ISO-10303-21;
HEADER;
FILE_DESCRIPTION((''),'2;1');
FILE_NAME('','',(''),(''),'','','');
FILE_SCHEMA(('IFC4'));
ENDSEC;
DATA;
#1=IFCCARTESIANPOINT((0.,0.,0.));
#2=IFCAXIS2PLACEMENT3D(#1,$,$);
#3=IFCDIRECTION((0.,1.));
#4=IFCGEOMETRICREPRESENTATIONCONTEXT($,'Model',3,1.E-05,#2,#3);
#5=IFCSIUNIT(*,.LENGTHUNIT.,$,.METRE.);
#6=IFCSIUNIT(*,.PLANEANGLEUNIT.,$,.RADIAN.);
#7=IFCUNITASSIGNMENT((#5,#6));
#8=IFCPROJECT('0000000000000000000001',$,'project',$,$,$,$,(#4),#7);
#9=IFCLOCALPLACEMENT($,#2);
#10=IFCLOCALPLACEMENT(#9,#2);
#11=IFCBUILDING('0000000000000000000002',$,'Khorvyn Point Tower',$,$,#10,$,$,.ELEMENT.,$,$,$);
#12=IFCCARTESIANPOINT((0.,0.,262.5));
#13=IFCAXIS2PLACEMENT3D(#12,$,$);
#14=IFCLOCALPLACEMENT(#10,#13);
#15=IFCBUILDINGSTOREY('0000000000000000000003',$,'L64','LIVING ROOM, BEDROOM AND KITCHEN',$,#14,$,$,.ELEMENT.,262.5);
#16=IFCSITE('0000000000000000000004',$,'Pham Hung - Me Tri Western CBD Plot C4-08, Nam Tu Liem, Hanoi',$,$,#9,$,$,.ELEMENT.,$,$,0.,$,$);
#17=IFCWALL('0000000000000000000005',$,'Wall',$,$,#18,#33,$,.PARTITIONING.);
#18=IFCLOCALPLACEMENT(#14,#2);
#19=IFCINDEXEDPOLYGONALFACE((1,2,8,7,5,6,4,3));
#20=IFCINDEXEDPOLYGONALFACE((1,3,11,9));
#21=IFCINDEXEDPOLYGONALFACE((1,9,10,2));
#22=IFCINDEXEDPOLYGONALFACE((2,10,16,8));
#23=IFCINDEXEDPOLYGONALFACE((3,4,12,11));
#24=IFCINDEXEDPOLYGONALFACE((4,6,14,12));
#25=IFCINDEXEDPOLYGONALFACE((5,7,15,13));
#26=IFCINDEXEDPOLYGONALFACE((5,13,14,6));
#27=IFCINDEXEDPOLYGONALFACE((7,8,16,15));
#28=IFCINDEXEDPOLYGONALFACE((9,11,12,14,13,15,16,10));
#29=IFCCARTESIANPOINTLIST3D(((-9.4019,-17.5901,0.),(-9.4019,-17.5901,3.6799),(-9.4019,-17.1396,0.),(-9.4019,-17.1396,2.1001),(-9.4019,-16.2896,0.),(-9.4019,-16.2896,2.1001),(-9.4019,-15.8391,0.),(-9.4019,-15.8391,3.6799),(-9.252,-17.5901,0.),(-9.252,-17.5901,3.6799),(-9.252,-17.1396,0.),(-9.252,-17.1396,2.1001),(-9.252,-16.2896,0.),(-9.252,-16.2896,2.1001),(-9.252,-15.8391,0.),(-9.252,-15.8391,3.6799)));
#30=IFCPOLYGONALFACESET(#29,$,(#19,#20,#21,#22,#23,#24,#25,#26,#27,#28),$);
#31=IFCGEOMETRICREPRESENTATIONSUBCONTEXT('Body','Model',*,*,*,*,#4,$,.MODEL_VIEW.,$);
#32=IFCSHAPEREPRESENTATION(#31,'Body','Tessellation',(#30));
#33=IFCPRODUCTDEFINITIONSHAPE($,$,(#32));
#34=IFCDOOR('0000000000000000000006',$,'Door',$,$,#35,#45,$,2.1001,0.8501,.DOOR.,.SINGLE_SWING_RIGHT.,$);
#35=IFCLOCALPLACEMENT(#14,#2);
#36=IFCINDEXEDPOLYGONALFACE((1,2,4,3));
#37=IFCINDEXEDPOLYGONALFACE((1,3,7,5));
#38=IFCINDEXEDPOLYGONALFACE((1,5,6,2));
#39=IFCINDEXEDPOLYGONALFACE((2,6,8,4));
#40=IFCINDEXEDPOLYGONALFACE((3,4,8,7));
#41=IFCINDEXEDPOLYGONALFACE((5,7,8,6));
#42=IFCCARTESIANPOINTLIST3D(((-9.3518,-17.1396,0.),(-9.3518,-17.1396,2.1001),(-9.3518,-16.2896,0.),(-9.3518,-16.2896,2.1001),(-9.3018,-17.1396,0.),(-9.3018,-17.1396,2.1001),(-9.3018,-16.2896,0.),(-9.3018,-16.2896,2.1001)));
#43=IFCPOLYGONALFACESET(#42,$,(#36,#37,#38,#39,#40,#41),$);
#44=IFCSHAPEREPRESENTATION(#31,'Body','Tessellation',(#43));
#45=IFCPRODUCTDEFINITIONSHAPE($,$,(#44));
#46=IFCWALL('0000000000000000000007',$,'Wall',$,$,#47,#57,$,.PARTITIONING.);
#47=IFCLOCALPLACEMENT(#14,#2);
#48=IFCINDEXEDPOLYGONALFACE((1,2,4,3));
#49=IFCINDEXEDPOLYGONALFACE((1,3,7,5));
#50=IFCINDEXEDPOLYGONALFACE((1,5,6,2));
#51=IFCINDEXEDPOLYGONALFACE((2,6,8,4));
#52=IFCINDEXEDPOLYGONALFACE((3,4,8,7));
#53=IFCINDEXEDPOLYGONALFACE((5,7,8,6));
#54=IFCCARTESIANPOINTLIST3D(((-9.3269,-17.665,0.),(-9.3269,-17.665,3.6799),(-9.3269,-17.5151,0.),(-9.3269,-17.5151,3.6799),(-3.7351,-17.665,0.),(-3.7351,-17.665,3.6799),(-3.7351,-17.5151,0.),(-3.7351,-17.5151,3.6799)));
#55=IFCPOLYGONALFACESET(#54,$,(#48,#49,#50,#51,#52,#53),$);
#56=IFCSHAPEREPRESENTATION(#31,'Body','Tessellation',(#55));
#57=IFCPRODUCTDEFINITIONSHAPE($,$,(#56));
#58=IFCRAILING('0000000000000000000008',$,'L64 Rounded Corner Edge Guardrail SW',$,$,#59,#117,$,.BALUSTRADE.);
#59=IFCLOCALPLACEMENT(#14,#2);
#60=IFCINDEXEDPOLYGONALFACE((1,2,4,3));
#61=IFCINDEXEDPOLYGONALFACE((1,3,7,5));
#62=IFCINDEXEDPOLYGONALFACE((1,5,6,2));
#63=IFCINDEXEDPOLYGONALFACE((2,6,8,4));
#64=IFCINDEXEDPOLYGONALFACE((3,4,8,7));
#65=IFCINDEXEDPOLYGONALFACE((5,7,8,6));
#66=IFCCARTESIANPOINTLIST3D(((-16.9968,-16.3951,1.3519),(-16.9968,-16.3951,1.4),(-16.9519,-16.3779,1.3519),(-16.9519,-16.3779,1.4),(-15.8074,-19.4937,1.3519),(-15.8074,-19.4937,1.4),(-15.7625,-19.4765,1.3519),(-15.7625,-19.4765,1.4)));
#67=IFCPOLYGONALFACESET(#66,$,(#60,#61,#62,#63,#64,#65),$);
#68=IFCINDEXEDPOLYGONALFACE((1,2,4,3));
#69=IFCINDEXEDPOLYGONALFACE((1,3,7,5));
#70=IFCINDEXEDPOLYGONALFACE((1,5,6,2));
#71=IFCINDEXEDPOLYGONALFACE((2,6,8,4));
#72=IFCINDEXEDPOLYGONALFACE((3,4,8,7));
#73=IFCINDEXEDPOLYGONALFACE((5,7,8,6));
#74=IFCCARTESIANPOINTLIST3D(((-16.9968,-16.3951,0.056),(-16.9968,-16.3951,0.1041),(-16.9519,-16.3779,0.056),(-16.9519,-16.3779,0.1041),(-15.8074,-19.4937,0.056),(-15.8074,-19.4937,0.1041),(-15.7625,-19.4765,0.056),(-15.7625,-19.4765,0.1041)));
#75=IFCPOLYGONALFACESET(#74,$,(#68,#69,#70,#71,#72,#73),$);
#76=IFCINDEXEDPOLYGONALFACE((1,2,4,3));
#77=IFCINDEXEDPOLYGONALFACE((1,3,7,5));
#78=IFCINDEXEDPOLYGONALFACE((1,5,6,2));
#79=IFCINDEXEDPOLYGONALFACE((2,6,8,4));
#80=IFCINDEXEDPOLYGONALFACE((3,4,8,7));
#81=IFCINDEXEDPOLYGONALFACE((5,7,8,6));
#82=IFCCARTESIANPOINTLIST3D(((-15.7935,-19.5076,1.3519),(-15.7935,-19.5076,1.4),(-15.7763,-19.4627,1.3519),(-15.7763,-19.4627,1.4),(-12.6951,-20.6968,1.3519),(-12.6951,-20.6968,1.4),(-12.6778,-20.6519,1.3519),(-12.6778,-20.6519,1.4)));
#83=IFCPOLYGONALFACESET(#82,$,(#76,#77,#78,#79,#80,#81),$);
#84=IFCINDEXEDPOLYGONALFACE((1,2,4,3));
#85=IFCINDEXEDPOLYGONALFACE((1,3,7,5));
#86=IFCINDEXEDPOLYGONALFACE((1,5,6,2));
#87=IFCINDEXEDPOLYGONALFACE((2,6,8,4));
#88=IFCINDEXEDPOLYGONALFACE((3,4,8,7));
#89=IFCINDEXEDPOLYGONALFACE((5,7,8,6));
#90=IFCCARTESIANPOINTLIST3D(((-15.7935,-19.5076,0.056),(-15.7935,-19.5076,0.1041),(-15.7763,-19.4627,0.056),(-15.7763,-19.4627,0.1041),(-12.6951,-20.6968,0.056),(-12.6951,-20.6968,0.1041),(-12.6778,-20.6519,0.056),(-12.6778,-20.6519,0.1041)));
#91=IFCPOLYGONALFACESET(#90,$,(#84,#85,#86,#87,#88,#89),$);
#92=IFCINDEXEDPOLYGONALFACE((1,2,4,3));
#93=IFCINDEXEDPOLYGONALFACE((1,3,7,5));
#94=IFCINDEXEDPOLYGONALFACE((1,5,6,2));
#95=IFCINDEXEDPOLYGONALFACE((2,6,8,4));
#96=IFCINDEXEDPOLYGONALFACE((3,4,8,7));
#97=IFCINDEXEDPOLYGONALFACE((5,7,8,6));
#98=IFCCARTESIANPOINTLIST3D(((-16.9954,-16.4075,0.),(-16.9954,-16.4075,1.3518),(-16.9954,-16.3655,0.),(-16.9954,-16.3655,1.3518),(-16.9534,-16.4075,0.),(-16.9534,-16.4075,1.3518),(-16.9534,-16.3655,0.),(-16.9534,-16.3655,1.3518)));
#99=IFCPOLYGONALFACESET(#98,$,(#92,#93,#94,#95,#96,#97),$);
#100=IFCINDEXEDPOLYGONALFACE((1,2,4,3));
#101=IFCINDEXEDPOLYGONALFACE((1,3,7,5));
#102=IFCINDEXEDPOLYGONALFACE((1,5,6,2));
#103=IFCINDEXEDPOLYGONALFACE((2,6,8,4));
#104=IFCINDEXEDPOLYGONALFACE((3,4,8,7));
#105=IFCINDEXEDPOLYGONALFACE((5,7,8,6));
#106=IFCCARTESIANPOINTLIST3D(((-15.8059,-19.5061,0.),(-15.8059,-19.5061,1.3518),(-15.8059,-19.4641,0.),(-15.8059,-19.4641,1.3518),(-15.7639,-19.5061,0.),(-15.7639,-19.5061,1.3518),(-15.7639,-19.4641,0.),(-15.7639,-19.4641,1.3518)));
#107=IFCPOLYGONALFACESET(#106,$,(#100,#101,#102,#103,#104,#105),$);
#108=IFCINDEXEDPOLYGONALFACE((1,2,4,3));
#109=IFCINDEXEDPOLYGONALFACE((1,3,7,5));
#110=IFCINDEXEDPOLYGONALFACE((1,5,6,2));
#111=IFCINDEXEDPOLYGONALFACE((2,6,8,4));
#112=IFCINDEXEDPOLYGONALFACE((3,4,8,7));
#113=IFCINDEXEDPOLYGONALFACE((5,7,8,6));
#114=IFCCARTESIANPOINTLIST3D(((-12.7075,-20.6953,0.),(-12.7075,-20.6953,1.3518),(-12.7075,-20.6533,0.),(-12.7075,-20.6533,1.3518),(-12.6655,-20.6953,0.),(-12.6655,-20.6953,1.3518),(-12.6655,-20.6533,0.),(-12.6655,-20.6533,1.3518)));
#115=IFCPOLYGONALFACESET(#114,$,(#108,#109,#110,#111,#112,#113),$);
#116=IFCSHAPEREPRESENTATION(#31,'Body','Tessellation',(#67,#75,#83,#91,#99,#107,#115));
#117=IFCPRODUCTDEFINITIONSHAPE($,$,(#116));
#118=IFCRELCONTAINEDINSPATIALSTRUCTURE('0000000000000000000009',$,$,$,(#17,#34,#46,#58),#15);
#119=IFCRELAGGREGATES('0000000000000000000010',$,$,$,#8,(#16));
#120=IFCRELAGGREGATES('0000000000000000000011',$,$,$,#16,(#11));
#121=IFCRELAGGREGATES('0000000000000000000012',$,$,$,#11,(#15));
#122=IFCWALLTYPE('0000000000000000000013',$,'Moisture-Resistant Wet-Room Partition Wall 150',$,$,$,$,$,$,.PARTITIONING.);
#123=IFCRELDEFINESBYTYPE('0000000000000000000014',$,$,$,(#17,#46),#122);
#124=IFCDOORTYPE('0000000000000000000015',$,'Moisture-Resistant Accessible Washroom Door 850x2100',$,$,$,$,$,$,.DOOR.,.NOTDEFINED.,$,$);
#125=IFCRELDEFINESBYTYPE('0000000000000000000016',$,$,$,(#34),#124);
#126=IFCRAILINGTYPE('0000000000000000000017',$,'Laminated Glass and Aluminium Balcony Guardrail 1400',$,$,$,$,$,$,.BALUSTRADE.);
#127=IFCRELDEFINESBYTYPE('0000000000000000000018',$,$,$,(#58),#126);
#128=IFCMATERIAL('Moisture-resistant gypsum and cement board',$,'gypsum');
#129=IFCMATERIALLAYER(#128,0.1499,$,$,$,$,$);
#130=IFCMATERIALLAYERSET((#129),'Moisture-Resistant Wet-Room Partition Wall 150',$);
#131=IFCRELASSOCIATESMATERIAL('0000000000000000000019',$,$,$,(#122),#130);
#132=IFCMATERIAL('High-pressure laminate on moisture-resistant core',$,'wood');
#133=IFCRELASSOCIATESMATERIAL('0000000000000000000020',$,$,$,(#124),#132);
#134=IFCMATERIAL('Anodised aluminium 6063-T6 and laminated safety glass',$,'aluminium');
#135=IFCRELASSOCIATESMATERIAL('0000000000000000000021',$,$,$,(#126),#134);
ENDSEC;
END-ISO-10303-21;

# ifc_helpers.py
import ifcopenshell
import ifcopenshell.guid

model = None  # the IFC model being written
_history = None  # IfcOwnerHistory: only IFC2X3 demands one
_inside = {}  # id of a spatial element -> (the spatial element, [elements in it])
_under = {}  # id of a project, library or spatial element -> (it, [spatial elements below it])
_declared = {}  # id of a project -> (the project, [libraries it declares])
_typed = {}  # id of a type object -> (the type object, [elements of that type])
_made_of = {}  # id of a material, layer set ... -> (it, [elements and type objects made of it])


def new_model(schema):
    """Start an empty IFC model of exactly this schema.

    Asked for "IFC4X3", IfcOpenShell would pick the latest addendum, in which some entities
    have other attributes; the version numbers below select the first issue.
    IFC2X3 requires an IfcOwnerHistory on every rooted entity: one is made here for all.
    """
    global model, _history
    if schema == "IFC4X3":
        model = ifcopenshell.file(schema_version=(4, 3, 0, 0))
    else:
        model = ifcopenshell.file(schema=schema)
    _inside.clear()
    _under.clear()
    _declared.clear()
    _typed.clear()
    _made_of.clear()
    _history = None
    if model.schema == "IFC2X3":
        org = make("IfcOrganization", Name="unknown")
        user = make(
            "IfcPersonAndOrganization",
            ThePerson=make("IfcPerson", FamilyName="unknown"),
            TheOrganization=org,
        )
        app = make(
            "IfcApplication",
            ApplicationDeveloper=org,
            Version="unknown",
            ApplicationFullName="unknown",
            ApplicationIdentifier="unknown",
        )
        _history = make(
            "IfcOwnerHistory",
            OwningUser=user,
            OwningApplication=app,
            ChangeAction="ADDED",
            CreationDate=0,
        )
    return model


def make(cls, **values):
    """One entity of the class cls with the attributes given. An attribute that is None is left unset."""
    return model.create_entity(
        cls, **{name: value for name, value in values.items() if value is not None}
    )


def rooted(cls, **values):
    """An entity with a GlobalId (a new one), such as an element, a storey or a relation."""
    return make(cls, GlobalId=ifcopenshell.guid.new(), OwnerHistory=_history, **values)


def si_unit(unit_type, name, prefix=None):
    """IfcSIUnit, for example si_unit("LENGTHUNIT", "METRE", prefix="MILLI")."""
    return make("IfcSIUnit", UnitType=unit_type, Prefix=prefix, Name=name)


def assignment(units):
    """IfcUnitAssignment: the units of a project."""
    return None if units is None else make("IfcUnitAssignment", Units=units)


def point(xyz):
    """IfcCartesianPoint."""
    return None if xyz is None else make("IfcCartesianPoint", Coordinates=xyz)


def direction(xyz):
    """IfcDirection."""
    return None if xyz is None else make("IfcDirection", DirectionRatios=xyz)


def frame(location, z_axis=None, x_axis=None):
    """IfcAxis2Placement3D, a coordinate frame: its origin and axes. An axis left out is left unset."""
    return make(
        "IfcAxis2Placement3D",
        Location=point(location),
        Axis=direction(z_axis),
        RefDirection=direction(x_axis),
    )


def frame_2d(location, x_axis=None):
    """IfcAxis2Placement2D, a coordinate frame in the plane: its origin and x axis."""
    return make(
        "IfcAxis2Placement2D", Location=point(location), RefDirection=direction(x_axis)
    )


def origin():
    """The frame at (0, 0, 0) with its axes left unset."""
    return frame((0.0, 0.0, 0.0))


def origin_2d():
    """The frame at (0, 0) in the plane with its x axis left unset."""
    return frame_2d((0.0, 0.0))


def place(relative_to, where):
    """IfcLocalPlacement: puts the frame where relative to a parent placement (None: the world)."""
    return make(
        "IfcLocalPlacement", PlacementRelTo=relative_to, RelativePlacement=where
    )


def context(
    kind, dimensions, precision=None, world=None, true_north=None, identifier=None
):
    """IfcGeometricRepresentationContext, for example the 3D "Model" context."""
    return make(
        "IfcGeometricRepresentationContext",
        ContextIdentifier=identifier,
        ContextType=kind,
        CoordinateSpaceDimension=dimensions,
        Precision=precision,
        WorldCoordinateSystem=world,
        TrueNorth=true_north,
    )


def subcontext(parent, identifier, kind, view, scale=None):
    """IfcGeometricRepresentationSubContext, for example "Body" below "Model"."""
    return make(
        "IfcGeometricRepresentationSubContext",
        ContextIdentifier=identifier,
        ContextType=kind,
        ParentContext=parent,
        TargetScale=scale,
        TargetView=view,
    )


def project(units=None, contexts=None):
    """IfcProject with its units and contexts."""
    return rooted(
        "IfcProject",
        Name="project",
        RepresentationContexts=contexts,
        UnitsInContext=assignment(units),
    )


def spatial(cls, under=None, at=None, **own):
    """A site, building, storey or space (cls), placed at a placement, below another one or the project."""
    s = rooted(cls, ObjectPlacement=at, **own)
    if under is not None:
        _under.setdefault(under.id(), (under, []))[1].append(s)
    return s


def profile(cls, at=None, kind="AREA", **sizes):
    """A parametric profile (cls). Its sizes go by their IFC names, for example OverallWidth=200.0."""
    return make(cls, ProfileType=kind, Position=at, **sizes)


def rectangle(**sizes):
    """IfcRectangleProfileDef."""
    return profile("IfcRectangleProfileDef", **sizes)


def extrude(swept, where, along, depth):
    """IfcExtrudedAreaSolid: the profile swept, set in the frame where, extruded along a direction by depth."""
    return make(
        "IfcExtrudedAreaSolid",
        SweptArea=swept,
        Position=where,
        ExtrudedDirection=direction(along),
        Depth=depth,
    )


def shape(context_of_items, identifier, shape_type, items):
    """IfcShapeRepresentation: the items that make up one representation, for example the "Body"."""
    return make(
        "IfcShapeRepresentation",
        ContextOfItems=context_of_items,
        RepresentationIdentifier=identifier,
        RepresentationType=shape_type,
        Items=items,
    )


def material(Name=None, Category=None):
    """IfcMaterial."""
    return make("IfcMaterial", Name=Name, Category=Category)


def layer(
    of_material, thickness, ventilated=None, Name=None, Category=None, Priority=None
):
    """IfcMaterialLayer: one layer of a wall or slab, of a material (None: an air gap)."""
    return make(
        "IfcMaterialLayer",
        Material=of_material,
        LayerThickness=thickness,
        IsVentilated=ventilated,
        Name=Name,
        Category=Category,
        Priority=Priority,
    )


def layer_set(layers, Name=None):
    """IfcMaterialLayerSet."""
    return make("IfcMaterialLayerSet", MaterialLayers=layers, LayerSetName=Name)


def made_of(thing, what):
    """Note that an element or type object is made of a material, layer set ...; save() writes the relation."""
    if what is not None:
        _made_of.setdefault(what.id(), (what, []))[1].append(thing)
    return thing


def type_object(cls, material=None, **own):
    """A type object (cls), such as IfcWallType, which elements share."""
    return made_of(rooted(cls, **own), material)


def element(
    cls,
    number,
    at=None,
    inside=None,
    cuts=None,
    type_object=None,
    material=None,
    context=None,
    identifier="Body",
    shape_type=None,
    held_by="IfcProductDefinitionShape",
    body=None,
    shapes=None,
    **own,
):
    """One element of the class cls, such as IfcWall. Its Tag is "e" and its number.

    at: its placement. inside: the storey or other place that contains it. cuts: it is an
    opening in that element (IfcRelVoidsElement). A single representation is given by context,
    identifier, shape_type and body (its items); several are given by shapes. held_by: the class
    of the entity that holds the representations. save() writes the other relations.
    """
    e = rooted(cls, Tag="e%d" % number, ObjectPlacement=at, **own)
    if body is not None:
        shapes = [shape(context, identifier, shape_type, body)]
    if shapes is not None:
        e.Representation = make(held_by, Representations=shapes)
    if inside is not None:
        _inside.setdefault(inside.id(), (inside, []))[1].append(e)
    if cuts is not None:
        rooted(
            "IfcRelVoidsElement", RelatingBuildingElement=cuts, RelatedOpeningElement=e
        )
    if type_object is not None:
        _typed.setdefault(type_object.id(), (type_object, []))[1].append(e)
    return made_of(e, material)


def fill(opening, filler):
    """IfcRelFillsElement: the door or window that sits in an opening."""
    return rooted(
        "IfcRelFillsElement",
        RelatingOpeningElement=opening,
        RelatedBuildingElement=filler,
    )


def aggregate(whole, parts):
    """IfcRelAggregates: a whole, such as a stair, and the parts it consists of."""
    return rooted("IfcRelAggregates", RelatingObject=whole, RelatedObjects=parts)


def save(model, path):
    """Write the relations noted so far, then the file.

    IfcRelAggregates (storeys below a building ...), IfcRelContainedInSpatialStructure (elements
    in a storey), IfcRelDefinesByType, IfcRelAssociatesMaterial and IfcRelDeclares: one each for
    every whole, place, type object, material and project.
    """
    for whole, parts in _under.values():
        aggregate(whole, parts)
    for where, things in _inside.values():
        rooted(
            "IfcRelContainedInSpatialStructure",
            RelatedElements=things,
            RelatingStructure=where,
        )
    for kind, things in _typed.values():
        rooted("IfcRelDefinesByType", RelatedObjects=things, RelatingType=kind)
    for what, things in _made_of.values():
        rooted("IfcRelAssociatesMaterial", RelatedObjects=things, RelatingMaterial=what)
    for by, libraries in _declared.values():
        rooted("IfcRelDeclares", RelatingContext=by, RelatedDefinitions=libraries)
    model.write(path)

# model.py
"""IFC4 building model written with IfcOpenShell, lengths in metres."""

from ifc_helpers import new_model, si_unit, direction, frame, frame_2d, origin, origin_2d, place, context, subcontext, project, spatial, rectangle, extrude, material, layer, layer_set, type_object, element, fill, save


model = new_model("IFC4")

# Units and contexts
model_context = context("Model", 3, precision=1e-05, world=origin(), true_north=direction((0.0, 1.0)))
body_context = subcontext(model_context, "Body", "Model", "MODEL_VIEW")
ifc_project = project(units=[si_unit("LENGTHUNIT", "METRE"), si_unit("PLANEANGLEUNIT", "RADIAN")], contexts=[model_context])

# Site, building, storey
site_placement = place(None, origin())
site = spatial("IfcSite", under=ifc_project, at=site_placement, Name="Pham Hung - Me Tri Western CBD Plot C4-08, Nam Tu Liem, Hanoi", CompositionType="ELEMENT", RefElevation=0.0)
building_placement = place(site_placement, origin())
building = spatial("IfcBuilding", under=site, at=building_placement, Name="Khorvyn Point Tower", CompositionType="ELEMENT")
storey_placement = place(building_placement, frame((0.0, 0.0, 262.5)))
storey = spatial("IfcBuildingStorey", under=building, at=storey_placement, Name="L64", Description="LIVING ROOM, BEDROOM AND KITCHEN", CompositionType="ELEMENT", Elevation=262.5)

# Wall, opening, door
ifc_material_1 = material(Name="Moisture-resistant gypsum and cement board", Category="gypsum")
ifc_layer_1 = layer(ifc_material_1, 0.1499)
ifc_layer_set_1 = layer_set([ifc_layer_1], Name="Moisture-Resistant Wet-Room Partition Wall 150")
wall_type_1 = type_object("IfcWallType", Name="Moisture-Resistant Wet-Room Partition Wall 150", PredefinedType="PARTITIONING", material=ifc_layer_set_1)
wall_1_placement = place(storey_placement, frame((-9.3269, -17.5901, 0.0), z_axis=(0.0, 0.0, 1.0), x_axis=(0.0, 1.0, 0.0)))
wall_1 = element("IfcWall", 1, at=wall_1_placement, inside=storey, type_object=wall_type_1, Name="Wall", PredefinedType="PARTITIONING", context=body_context, shape_type="SweptSolid", body=[
    extrude(rectangle(XDim=1.751, YDim=0.1499, at=frame_2d((0.8755, 0.0))), origin(), (0.0, 0.0, 1.0), 3.6799),
])
opening_1_placement = place(wall_1_placement, frame((0.4504, 0.0, 0.0)))
opening_1 = element("IfcOpeningElement", 2, at=opening_1_placement, cuts=wall_1, PredefinedType="OPENING", context=body_context, shape_type="SweptSolid", body=[
    extrude(rectangle(XDim=0.8501, YDim=2.1001, at=frame_2d((0.425, 1.05))), frame((0.0, 0.085, 0.0), z_axis=(0.0, -1.0, 0.0), x_axis=(1.0, 0.0, 0.0)), (0.0, 0.0, 1.0), 0.1699),
])
ifc_material_2 = material(Name="High-pressure laminate on moisture-resistant core", Category="wood")
door_type_1 = type_object("IfcDoorType", Name="Moisture-Resistant Accessible Washroom Door 850x2100", OperationType="NOTDEFINED", PredefinedType="DOOR", material=ifc_material_2)
door_1_placement = place(opening_1_placement, origin())
door_1 = element("IfcDoor", 3, at=door_1_placement, inside=storey, type_object=door_type_1, Name="Door", OperationType="SINGLE_SWING_RIGHT", OverallHeight=2.1001, OverallWidth=0.8501, PredefinedType="DOOR", context=body_context, shape_type="SweptSolid", body=[
    extrude(rectangle(XDim=0.8501, YDim=2.1001, at=frame_2d((0.425, 1.05))), frame((0.0, 0.0249, 0.0), z_axis=(0.0, -1.0, 0.0), x_axis=(1.0, 0.0, 0.0)), (0.0, 0.0, 1.0), 0.05),
])
fill(opening_1, door_1)

# Wall
wall_2_placement = place(storey_placement, frame((-9.3269, -17.5901, 0.0), z_axis=(0.0, 0.0, 1.0), x_axis=(1.0, 0.0, 0.0)))
element("IfcWall", 4, at=wall_2_placement, inside=storey, type_object=wall_type_1, Name="Wall", PredefinedType="PARTITIONING", context=body_context, shape_type="SweptSolid", body=[
    extrude(rectangle(XDim=5.5918, YDim=0.1499, at=frame_2d((2.7959, 0.0))), origin(), (0.0, 0.0, 1.0), 3.6799),
])

# Railing
ifc_material_3 = material(Name="Anodised aluminium 6063-T6 and laminated safety glass", Category="aluminium")
railing_type = type_object("IfcRailingType", Name="Laminated Glass and Aluminium Balcony Guardrail 1400", PredefinedType="BALUSTRADE", material=ifc_material_3)
railing_1_placement = place(storey_placement, frame((-16.9744, -16.3865, 0.0)))
element("IfcRailing", 5, at=railing_1_placement, inside=storey, type_object=railing_type, Name="L64 Rounded Corner Edge Guardrail SW", PredefinedType="BALUSTRADE", context=body_context, shape_type="SweptSolid", body=[
    extrude(rectangle(XDim=0.0481, YDim=0.0481, at=origin_2d()), frame((0.0, 0.0, 1.376), z_axis=(0.358368, -0.93358, 0.0), x_axis=(0.93358, 0.358368, 0.0)), (0.0, 0.0, 1.0), 3.3191),
    extrude(rectangle(XDim=0.0481, YDim=0.0481, at=origin_2d()), frame((0.0, 0.0, 0.0801), z_axis=(0.358368, -0.93358, 0.0), x_axis=(0.93358, 0.358368, 0.0)), (0.0, 0.0, 1.0), 3.3191),
    extrude(rectangle(XDim=0.0481, YDim=0.0481, at=origin_2d()), frame((1.1895, -3.0986, 1.376), z_axis=(0.933596, -0.358328, 0.0), x_axis=(0.358328, 0.933596, 0.0)), (0.0, 0.0, 1.0), 3.3188),
    extrude(rectangle(XDim=0.0481, YDim=0.0481, at=origin_2d()), frame((1.1895, -3.0986, 0.0801), z_axis=(0.933596, -0.358328, 0.0), x_axis=(0.358328, 0.933596, 0.0)), (0.0, 0.0, 1.0), 3.3188),
    extrude(rectangle(XDim=0.042, YDim=0.042, at=origin_2d()), origin(), (0.0, 0.0, 1.0), 1.3518),
    extrude(rectangle(XDim=0.042, YDim=0.042, at=origin_2d()), frame((1.1895, -3.0986, 0.0)), (0.0, 0.0, 1.0), 1.3518),
    extrude(rectangle(XDim=0.042, YDim=0.042, at=origin_2d()), frame((4.2878, -4.2878, 0.0)), (0.0, 0.0, 1.0), 1.3518),
])

save(model, "model.ifc")
